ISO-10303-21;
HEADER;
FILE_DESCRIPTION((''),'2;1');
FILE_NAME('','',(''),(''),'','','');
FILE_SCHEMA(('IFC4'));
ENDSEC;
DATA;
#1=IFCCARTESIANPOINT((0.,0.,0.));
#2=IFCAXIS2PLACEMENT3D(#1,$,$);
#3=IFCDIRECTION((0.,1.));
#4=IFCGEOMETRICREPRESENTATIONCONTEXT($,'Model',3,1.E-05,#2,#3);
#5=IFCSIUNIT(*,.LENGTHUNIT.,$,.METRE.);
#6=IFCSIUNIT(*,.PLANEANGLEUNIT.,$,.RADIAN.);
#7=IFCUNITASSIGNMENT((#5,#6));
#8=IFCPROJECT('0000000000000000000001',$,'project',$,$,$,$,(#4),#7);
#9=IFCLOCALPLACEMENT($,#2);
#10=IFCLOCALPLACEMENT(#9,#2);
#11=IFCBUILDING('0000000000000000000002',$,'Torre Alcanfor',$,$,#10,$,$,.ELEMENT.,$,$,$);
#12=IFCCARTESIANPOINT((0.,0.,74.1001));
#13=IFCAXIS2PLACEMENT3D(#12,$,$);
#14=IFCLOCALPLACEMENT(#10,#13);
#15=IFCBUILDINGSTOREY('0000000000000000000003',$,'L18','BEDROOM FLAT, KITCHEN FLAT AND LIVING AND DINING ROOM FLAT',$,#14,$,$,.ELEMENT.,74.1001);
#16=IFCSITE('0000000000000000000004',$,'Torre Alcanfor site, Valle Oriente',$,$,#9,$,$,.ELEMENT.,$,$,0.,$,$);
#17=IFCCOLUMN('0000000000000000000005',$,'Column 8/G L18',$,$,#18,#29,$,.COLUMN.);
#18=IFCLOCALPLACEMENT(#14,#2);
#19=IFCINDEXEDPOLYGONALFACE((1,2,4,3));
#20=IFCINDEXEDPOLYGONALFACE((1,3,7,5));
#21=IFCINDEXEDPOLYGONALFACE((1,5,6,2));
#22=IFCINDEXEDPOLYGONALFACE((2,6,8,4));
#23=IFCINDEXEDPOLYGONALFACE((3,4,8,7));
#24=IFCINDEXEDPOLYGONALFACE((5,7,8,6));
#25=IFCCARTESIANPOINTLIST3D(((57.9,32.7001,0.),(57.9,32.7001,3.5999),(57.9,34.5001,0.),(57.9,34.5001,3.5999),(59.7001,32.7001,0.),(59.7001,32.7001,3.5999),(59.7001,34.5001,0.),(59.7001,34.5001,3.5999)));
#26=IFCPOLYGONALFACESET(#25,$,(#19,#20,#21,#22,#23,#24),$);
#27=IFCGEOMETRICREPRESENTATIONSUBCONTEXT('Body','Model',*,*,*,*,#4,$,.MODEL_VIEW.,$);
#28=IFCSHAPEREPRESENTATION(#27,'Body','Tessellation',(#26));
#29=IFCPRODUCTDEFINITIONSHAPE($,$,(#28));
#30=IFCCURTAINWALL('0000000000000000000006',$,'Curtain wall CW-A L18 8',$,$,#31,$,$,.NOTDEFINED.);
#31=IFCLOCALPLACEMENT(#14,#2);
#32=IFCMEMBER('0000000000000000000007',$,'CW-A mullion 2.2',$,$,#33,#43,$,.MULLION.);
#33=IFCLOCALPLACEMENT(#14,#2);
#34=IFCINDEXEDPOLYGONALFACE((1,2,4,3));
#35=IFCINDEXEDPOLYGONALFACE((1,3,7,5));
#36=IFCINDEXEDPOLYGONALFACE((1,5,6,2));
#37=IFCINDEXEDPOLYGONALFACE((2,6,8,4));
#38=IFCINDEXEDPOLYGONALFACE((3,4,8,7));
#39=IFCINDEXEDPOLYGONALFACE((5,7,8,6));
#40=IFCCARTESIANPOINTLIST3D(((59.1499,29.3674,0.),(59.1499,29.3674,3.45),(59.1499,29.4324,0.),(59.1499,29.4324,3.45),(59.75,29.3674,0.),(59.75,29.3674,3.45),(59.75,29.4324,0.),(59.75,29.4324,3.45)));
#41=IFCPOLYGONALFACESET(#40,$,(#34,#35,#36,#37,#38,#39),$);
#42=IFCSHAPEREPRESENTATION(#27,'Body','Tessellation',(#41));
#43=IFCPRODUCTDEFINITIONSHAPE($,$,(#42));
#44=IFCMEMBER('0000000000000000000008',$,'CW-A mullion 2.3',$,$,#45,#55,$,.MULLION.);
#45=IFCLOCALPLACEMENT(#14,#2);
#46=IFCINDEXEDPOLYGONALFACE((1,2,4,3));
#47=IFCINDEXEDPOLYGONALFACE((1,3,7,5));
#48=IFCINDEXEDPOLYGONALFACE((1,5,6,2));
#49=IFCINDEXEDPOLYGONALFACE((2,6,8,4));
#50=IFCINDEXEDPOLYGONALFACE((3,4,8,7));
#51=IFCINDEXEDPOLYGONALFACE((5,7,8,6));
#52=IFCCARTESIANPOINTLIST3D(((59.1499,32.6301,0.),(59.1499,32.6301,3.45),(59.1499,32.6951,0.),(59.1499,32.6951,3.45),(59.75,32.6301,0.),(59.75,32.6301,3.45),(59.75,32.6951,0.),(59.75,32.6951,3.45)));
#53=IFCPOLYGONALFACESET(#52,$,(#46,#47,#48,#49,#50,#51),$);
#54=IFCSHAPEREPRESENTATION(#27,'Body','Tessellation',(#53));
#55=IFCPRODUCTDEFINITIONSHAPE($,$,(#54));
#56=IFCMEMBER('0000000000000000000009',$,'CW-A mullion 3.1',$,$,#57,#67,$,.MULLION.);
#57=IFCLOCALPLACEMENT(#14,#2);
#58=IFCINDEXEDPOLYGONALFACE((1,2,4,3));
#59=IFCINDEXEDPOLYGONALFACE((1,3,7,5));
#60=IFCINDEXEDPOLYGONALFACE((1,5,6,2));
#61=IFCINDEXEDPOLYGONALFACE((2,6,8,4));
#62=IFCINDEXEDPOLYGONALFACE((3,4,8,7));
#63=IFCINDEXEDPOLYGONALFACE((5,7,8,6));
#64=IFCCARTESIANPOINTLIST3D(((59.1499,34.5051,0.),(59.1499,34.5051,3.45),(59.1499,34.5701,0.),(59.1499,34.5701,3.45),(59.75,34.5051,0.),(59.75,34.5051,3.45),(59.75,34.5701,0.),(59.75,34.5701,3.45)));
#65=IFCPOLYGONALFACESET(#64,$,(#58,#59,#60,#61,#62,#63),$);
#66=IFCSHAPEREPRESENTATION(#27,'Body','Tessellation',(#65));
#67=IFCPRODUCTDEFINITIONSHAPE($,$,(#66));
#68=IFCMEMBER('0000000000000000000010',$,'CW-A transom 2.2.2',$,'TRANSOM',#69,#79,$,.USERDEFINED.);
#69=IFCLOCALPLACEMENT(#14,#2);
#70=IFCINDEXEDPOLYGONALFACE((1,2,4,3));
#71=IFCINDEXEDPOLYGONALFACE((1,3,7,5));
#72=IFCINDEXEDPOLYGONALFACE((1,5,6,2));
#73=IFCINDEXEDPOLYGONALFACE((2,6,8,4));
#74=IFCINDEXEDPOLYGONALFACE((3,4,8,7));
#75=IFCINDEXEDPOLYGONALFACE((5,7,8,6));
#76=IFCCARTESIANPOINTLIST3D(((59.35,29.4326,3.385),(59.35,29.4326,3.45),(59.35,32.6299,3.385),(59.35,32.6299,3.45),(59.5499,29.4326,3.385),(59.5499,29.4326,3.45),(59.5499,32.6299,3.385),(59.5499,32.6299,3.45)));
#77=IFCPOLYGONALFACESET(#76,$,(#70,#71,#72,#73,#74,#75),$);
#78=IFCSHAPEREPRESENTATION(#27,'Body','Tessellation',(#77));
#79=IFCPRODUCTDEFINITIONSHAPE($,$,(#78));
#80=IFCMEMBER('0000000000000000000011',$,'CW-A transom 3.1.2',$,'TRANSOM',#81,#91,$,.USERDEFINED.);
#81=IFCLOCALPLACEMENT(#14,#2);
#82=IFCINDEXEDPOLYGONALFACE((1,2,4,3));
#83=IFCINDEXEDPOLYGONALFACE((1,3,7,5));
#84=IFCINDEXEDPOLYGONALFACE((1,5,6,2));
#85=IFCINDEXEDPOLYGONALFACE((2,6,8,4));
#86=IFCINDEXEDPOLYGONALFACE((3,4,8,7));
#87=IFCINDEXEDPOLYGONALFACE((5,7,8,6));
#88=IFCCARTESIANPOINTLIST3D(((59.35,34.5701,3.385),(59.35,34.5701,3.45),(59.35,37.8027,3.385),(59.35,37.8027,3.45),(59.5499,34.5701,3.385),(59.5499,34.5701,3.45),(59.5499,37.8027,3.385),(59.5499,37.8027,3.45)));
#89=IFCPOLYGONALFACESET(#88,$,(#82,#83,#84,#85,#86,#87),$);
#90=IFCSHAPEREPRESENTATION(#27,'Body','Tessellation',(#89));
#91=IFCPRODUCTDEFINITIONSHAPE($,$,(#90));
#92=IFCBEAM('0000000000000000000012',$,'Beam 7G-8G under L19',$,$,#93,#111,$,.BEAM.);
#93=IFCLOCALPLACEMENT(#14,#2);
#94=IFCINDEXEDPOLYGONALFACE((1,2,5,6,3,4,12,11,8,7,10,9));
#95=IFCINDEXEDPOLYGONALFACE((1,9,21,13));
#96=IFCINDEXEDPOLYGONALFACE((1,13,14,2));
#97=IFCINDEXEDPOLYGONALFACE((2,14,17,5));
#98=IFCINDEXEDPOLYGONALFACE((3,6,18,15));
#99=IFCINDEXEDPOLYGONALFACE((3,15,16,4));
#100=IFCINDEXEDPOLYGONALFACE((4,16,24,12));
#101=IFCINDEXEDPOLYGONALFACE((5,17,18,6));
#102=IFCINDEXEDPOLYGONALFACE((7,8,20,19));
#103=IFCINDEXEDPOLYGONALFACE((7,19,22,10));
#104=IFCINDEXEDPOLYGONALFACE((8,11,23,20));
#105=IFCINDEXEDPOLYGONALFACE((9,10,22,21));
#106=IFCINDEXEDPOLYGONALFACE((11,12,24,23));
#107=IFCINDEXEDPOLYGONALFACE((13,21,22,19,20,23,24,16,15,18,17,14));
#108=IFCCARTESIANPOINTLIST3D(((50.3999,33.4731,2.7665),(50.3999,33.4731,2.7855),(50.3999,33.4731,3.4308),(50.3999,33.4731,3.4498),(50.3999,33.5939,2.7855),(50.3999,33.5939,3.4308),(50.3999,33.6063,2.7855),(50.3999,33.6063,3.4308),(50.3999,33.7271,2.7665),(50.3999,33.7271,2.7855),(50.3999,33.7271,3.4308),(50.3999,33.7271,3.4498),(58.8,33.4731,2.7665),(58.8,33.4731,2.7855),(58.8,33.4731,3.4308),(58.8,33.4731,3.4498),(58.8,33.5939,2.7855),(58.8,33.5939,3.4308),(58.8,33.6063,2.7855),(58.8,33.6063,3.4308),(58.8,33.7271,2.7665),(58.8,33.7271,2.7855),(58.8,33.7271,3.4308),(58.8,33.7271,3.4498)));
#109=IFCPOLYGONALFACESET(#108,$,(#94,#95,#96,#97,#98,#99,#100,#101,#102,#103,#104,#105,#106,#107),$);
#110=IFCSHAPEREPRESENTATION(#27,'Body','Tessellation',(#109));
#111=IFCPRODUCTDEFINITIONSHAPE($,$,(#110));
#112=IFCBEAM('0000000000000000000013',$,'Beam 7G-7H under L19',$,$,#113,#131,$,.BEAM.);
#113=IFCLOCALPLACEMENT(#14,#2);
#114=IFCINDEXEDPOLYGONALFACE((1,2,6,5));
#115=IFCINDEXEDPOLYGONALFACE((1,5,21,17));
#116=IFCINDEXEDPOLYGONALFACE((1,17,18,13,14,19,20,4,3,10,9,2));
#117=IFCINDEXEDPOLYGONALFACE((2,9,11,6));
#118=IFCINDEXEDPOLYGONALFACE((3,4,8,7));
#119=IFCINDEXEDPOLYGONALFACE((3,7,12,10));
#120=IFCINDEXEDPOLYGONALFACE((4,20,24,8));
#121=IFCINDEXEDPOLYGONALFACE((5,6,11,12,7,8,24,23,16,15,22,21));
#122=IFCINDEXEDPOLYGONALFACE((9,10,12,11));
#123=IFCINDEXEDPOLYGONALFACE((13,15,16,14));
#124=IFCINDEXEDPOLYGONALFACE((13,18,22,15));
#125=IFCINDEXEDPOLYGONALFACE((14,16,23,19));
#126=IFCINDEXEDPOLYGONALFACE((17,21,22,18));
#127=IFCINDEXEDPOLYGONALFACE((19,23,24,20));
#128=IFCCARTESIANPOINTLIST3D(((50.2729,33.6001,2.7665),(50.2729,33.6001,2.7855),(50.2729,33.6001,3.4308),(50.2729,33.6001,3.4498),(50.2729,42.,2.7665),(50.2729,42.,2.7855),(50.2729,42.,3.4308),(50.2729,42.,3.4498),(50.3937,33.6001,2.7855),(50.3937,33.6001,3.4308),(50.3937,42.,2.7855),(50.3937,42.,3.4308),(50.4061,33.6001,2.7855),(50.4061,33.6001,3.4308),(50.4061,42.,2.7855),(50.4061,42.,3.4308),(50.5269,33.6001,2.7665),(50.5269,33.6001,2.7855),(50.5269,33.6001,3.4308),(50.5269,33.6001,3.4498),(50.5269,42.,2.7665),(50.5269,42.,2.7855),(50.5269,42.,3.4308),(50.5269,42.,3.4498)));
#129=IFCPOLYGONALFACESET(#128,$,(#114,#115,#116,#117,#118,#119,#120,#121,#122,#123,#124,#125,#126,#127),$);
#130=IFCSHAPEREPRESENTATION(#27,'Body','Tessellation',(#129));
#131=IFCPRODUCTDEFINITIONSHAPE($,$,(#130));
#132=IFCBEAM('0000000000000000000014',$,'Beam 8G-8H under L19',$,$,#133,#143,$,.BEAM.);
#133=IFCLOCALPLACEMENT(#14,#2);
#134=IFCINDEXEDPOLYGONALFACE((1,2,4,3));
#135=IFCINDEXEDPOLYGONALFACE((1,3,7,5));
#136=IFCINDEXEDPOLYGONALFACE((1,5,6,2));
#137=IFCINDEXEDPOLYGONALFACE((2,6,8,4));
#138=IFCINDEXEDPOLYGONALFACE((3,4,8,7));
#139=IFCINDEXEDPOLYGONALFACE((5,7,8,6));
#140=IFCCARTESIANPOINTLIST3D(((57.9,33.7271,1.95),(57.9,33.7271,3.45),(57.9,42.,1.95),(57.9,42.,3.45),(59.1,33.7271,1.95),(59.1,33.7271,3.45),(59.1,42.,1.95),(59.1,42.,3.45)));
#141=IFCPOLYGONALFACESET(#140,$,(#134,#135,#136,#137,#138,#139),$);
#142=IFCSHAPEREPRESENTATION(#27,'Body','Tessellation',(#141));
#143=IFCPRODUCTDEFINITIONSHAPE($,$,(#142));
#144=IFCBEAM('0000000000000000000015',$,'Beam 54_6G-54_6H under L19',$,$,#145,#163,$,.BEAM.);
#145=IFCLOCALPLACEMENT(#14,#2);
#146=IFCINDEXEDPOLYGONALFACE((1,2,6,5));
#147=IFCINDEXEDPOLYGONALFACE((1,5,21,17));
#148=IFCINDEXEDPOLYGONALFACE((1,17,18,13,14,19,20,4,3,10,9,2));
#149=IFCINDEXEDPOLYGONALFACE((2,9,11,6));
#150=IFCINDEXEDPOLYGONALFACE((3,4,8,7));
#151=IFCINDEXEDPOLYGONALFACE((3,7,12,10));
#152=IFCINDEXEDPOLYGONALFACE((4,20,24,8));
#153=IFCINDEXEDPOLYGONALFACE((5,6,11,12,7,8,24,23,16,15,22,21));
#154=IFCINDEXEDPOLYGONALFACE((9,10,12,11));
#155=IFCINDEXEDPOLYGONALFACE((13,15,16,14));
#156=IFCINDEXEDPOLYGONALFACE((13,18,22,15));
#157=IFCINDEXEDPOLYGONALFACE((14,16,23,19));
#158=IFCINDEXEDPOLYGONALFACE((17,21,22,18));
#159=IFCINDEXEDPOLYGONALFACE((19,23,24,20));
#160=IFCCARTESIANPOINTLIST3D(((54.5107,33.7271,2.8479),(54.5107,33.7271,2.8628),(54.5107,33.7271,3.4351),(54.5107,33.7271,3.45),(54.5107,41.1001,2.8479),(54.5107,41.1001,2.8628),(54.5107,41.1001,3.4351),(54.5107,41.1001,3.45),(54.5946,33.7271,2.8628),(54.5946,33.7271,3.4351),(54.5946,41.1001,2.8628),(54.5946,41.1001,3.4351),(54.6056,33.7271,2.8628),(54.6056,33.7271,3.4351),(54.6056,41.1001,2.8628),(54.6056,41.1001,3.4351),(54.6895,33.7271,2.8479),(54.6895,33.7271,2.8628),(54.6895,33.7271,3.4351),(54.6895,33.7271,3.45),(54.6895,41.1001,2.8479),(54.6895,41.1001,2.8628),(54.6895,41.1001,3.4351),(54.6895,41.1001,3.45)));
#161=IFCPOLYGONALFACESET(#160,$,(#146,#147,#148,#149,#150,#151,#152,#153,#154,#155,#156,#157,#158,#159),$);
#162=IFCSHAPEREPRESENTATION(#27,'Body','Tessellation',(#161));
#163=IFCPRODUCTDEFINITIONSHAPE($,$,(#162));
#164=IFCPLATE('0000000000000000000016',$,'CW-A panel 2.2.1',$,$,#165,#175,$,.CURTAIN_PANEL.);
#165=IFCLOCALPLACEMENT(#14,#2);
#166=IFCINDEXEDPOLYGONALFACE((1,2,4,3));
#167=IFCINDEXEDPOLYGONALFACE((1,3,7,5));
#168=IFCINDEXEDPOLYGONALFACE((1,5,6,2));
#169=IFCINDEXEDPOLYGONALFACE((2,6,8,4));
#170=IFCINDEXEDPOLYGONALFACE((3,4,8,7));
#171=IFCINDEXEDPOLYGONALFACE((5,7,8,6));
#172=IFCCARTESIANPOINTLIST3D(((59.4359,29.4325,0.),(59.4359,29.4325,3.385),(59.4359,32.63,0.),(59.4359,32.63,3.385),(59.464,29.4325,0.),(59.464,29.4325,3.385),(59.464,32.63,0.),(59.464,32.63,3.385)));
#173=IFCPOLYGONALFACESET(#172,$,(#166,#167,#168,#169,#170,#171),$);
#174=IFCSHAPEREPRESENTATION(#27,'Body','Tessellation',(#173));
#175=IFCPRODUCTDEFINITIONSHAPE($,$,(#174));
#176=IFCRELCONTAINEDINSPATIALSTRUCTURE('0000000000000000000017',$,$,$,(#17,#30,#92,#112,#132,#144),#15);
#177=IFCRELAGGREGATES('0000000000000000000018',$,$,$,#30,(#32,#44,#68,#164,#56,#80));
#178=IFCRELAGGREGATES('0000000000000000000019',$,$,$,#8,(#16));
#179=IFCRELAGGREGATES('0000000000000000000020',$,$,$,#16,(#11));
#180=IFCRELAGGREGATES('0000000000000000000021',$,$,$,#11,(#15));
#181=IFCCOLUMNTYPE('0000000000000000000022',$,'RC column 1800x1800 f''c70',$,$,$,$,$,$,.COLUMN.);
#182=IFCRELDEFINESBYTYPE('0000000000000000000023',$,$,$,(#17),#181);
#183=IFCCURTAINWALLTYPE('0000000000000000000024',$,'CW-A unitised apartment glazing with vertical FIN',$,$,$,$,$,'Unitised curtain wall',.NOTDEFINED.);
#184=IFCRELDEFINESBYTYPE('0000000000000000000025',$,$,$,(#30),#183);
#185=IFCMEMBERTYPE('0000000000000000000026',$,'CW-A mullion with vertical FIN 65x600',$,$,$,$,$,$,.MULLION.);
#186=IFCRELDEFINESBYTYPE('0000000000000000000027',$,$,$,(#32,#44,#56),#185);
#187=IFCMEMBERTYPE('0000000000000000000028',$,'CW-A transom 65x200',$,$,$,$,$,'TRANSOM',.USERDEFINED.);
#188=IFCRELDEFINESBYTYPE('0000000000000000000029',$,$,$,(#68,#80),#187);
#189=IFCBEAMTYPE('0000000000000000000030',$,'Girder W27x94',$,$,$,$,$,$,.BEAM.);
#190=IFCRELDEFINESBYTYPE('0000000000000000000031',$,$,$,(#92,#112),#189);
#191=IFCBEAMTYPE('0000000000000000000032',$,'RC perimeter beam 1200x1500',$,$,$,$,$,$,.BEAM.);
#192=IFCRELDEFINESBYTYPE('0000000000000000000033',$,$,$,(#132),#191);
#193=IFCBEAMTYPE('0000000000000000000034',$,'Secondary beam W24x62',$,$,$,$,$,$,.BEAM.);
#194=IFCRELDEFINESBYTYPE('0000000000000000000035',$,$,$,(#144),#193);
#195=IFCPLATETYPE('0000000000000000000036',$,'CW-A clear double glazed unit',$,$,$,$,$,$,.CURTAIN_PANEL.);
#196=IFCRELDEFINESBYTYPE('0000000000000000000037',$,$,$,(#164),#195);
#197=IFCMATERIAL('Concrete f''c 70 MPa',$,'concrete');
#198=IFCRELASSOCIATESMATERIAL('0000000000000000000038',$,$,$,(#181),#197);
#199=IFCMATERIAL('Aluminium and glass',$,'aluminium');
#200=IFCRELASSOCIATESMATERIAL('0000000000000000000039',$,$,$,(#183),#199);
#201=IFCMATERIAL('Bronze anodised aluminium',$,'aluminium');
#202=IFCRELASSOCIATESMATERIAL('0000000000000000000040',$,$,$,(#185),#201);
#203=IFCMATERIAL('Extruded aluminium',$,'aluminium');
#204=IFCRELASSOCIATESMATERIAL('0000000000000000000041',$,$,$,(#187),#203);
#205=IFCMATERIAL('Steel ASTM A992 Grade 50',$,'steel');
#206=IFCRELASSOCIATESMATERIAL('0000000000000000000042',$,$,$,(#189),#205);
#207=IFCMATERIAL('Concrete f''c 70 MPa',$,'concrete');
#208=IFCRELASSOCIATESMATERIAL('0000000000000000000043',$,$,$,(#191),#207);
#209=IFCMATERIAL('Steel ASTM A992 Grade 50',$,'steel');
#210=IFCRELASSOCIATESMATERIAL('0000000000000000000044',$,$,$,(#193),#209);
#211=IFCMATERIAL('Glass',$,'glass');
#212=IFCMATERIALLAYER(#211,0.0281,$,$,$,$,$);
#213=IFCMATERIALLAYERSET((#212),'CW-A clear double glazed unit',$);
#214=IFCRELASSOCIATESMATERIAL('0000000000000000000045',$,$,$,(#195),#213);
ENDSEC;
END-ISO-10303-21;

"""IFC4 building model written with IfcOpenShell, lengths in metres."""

from ifc_helpers import new_model, si_unit, direction, frame, origin, origin_2d, place, context, subcontext, project, spatial, rectangle, i_section, extrude, material, layer, layer_set, material_profile, profile_set, type_object, element, aggregate, save


model = new_model("IFC4")

# Units and contexts
model_context = context("Model", 3, precision=1e-05, world=origin(), true_north=direction((0.0, 1.0)))
body_context = subcontext(model_context, "Body", "Model", "MODEL_VIEW")
ifc_project = project(units=[si_unit("LENGTHUNIT", "METRE"), si_unit("PLANEANGLEUNIT", "RADIAN")], contexts=[model_context])

# Site, building, storey
site_placement = place(None, origin())
site = spatial("IfcSite", under=ifc_project, at=site_placement, Name="Torre Alcanfor site, Valle Oriente", CompositionType="ELEMENT", RefElevation=0.0)
building_placement = place(site_placement, origin())
building = spatial("IfcBuilding", under=site, at=building_placement, Name="Torre Alcanfor", CompositionType="ELEMENT")
storey_placement = place(building_placement, frame((0.0, 0.0, 74.1001)))
storey = spatial("IfcBuildingStorey", under=building, at=storey_placement, Name="L18", Description="BEDROOM FLAT, KITCHEN FLAT AND LIVING AND DINING ROOM FLAT", CompositionType="ELEMENT", Elevation=74.1001)

# Column
ifc_material_1 = material(Name="Concrete f'c 70 MPa", Category="concrete")
ifc_material_profile_1 = material_profile(ifc_material_1, rectangle(XDim=1.8, YDim=1.8, at=origin_2d()), Name="1800x1800")
ifc_profile_set_1 = profile_set([ifc_material_profile_1], Name="Concrete f'c 70 MPa")
column_type = type_object("IfcColumnType", Name="RC column 1800x1800 f'c70", PredefinedType="COLUMN", material=ifc_profile_set_1)
column_placement = place(storey_placement, frame((58.8, 33.6001, 0.0), z_axis=(0.0, 0.0, 1.0), x_axis=(1.0, 0.0, 0.0)))
element("IfcColumn", 1, at=column_placement, inside=storey, type_object=column_type, Name="Column 8/G L18", PredefinedType="COLUMN", context=body_context, shape_type="SweptSolid", body=[
    extrude(rectangle(XDim=1.8, YDim=1.8, at=origin_2d()), origin(), (0.0, 0.0, 1.0), 3.5999),
])

# Curtain wall, members
ifc_material_2 = material(Name="Aluminium and glass", Category="aluminium")
curtain_wall_type = type_object("IfcCurtainWallType", Name="CW-A unitised apartment glazing with vertical FIN", ElementType="Unitised curtain wall", PredefinedType="NOTDEFINED", material=ifc_material_2)
curtain_wall_placement = place(storey_placement, origin())
curtain_wall = element("IfcCurtainWall", 2, at=curtain_wall_placement, inside=storey, type_object=curtain_wall_type, Name="Curtain wall CW-A L18 8", PredefinedType="NOTDEFINED")
ifc_material_3 = material(Name="Bronze anodised aluminium", Category="aluminium")
ifc_material_profile_2 = material_profile(ifc_material_3, rectangle(XDim=0.6001, YDim=0.0649, at=origin_2d()), Name="CW-A mullion 65x600")
ifc_profile_set_2 = profile_set([ifc_material_profile_2], Name="Bronze anodised aluminium")
member_type_1 = type_object("IfcMemberType", Name="CW-A mullion with vertical FIN 65x600", PredefinedType="MULLION", material=ifc_profile_set_2)
member_1_placement = place(storey_placement, frame((59.45, 29.3999, 0.0), z_axis=(0.0, 0.0, 1.0), x_axis=(-1.0, 0.0, 0.0)))
member_1 = element("IfcMember", 3, at=member_1_placement, type_object=member_type_1, Name="CW-A mullion 2.2", PredefinedType="MULLION", context=body_context, shape_type="SweptSolid", body=[
    extrude(rectangle(XDim=0.6001, YDim=0.0649, at=origin_2d()), origin(), (0.0, 0.0, 1.0), 3.45),
])
member_2_placement = place(storey_placement, frame((59.45, 32.6626, 0.0), z_axis=(0.0, 0.0, 1.0), x_axis=(-1.0, 0.0, 0.0)))
member_2 = element("IfcMember", 4, at=member_2_placement, type_object=member_type_1, Name="CW-A mullion 2.3", PredefinedType="MULLION", context=body_context, shape_type="SweptSolid", body=[
    extrude(rectangle(XDim=0.6001, YDim=0.0649, at=origin_2d()), origin(), (0.0, 0.0, 1.0), 3.45),
])
member_3_placement = place(storey_placement, frame((59.45, 34.5376, 0.0), z_axis=(0.0, 0.0, 1.0), x_axis=(-1.0, 0.0, 0.0)))
member_3 = element("IfcMember", 5, at=member_3_placement, type_object=member_type_1, Name="CW-A mullion 3.1", PredefinedType="MULLION", context=body_context, shape_type="SweptSolid", body=[
    extrude(rectangle(XDim=0.6001, YDim=0.0649, at=origin_2d()), origin(), (0.0, 0.0, 1.0), 3.45),
])
ifc_material_4 = material(Name="Extruded aluminium", Category="aluminium")
ifc_material_profile_3 = material_profile(ifc_material_4, rectangle(XDim=0.2, YDim=0.0649, at=origin_2d()), Name="CW-A transom 200x65")
ifc_profile_set_3 = profile_set([ifc_material_profile_3], Name="Extruded aluminium")
member_type_2 = type_object("IfcMemberType", Name="CW-A transom 65x200", ElementType="TRANSOM", PredefinedType="USERDEFINED", material=ifc_profile_set_3)
member_4_placement = place(storey_placement, frame((59.45, 29.4326, 3.4175), z_axis=(0.0, 1.0, 0.0), x_axis=(-1.0, 0.0, 0.0)))
member_4 = element("IfcMember", 6, at=member_4_placement, type_object=member_type_2, Name="CW-A transom 2.2.2", ObjectType="TRANSOM", PredefinedType="USERDEFINED", context=body_context, shape_type="SweptSolid", body=[
    extrude(rectangle(XDim=0.2, YDim=0.0649, at=origin_2d()), origin(), (0.0, 0.0, 1.0), 3.1973),
])
member_5_placement = place(storey_placement, frame((59.45, 34.5701, 3.4175), z_axis=(0.0, 1.0, 0.0), x_axis=(-1.0, 0.0, 0.0)))
member_5 = element("IfcMember", 7, at=member_5_placement, type_object=member_type_2, Name="CW-A transom 3.1.2", ObjectType="TRANSOM", PredefinedType="USERDEFINED", context=body_context, shape_type="SweptSolid", body=[
    extrude(rectangle(XDim=0.2, YDim=0.0649, at=origin_2d()), origin(), (0.0, 0.0, 1.0), 3.2327),
])

# Beams
ifc_material_5 = material(Name="Steel ASTM A992 Grade 50", Category="steel")
ifc_material_profile_4 = material_profile(ifc_material_5, i_section(OverallWidth=0.2539, OverallDepth=0.6833, WebThickness=0.0125, FlangeThickness=0.019, at=origin_2d()), Name="W27x94")
ifc_profile_set_4 = profile_set([ifc_material_profile_4], Name="Steel ASTM A992 Grade 50")
beam_type_1 = type_object("IfcBeamType", Name="Girder W27x94", PredefinedType="BEAM", material=ifc_profile_set_4)
beam_1_placement = place(storey_placement, frame((50.3999, 33.6001, 3.1082), z_axis=(1.0, 0.0, 0.0), x_axis=(0.0, 1.0, 0.0)))
element("IfcBeam", 8, at=beam_1_placement, inside=storey, type_object=beam_type_1, Name="Beam 7G-8G under L19", PredefinedType="BEAM", context=body_context, shape_type="SweptSolid", body=[
    extrude(i_section(OverallWidth=0.2539, OverallDepth=0.6833, WebThickness=0.0125, FlangeThickness=0.019, at=origin_2d()), origin(), (0.0, 0.0, 1.0), 8.4001),
])
beam_2_placement = place(storey_placement, frame((50.3999, 33.6001, 3.1082), z_axis=(0.0, 1.0, 0.0), x_axis=(-1.0, 0.0, 0.0)))
element("IfcBeam", 9, at=beam_2_placement, inside=storey, type_object=beam_type_1, Name="Beam 7G-7H under L19", PredefinedType="BEAM", context=body_context, shape_type="SweptSolid", body=[
    extrude(i_section(OverallWidth=0.2539, OverallDepth=0.6833, WebThickness=0.0125, FlangeThickness=0.019, at=origin_2d()), origin(), (0.0, 0.0, 1.0), 8.3999),
])
ifc_material_6 = material(Name="Concrete f'c 70 MPa", Category="concrete")
ifc_material_profile_5 = material_profile(ifc_material_6, rectangle(XDim=1.2, YDim=1.5, at=origin_2d()), Name="1200x1500")
ifc_profile_set_5 = profile_set([ifc_material_profile_5], Name="Concrete f'c 70 MPa")
beam_type_2 = type_object("IfcBeamType", Name="RC perimeter beam 1200x1500", PredefinedType="BEAM", material=ifc_profile_set_5)
beam_3_placement = place(storey_placement, frame((58.5, 33.7271, 2.7), z_axis=(0.0, 1.0, 0.0), x_axis=(-1.0, 0.0, 0.0)))
element("IfcBeam", 10, at=beam_3_placement, inside=storey, type_object=beam_type_2, Name="Beam 8G-8H under L19", PredefinedType="BEAM", context=body_context, shape_type="SweptSolid", body=[
    extrude(rectangle(XDim=1.2, YDim=1.5, at=origin_2d()), origin(), (0.0, 0.0, 1.0), 8.2729),
])
ifc_material_7 = material(Name="Steel ASTM A992 Grade 50", Category="steel")
ifc_material_profile_6 = material_profile(ifc_material_7, i_section(OverallWidth=0.1787, OverallDepth=0.6021, WebThickness=0.011, FlangeThickness=0.0149, at=origin_2d()), Name="W24x62")
ifc_profile_set_6 = profile_set([ifc_material_profile_6], Name="Steel ASTM A992 Grade 50")
beam_type_3 = type_object("IfcBeamType", Name="Secondary beam W24x62", PredefinedType="BEAM", material=ifc_profile_set_6)
beam_4_placement = place(storey_placement, frame((54.6001, 33.7271, 3.1489), z_axis=(0.0, 1.0, 0.0), x_axis=(-1.0, 0.0, 0.0)))
element("IfcBeam", 11, at=beam_4_placement, inside=storey, type_object=beam_type_3, Name="Beam 54_6G-54_6H under L19", PredefinedType="BEAM", context=body_context, shape_type="SweptSolid", body=[
    extrude(i_section(OverallWidth=0.1787, OverallDepth=0.6021, WebThickness=0.011, FlangeThickness=0.0149, at=origin_2d()), origin(), (0.0, 0.0, 1.0), 7.373),
])

# Plate
ifc_material_8 = material(Name="Glass", Category="glass")
ifc_layer_1 = layer(ifc_material_8, 0.0281)
ifc_layer_set_1 = layer_set([ifc_layer_1], Name="CW-A clear double glazed unit")
plate_type = type_object("IfcPlateType", Name="CW-A clear double glazed unit", PredefinedType="CURTAIN_PANEL", material=ifc_layer_set_1)
plate_placement = place(storey_placement, frame((59.45, 31.0312, 0.0), z_axis=(0.0, 0.0, 1.0), x_axis=(0.0, 1.0, 0.0)))
plate = element("IfcPlate", 12, at=plate_placement, type_object=plate_type, Name="CW-A panel 2.2.1", PredefinedType="CURTAIN_PANEL", context=body_context, shape_type="SweptSolid", body=[
    extrude(rectangle(XDim=3.1975, YDim=0.0281, at=origin_2d()), origin(), (0.0, 0.0, 1.0), 3.385),
])
aggregate(curtain_wall, [member_1, member_2, member_4, plate, member_3, member_5])

save(model, "model.ifc")
